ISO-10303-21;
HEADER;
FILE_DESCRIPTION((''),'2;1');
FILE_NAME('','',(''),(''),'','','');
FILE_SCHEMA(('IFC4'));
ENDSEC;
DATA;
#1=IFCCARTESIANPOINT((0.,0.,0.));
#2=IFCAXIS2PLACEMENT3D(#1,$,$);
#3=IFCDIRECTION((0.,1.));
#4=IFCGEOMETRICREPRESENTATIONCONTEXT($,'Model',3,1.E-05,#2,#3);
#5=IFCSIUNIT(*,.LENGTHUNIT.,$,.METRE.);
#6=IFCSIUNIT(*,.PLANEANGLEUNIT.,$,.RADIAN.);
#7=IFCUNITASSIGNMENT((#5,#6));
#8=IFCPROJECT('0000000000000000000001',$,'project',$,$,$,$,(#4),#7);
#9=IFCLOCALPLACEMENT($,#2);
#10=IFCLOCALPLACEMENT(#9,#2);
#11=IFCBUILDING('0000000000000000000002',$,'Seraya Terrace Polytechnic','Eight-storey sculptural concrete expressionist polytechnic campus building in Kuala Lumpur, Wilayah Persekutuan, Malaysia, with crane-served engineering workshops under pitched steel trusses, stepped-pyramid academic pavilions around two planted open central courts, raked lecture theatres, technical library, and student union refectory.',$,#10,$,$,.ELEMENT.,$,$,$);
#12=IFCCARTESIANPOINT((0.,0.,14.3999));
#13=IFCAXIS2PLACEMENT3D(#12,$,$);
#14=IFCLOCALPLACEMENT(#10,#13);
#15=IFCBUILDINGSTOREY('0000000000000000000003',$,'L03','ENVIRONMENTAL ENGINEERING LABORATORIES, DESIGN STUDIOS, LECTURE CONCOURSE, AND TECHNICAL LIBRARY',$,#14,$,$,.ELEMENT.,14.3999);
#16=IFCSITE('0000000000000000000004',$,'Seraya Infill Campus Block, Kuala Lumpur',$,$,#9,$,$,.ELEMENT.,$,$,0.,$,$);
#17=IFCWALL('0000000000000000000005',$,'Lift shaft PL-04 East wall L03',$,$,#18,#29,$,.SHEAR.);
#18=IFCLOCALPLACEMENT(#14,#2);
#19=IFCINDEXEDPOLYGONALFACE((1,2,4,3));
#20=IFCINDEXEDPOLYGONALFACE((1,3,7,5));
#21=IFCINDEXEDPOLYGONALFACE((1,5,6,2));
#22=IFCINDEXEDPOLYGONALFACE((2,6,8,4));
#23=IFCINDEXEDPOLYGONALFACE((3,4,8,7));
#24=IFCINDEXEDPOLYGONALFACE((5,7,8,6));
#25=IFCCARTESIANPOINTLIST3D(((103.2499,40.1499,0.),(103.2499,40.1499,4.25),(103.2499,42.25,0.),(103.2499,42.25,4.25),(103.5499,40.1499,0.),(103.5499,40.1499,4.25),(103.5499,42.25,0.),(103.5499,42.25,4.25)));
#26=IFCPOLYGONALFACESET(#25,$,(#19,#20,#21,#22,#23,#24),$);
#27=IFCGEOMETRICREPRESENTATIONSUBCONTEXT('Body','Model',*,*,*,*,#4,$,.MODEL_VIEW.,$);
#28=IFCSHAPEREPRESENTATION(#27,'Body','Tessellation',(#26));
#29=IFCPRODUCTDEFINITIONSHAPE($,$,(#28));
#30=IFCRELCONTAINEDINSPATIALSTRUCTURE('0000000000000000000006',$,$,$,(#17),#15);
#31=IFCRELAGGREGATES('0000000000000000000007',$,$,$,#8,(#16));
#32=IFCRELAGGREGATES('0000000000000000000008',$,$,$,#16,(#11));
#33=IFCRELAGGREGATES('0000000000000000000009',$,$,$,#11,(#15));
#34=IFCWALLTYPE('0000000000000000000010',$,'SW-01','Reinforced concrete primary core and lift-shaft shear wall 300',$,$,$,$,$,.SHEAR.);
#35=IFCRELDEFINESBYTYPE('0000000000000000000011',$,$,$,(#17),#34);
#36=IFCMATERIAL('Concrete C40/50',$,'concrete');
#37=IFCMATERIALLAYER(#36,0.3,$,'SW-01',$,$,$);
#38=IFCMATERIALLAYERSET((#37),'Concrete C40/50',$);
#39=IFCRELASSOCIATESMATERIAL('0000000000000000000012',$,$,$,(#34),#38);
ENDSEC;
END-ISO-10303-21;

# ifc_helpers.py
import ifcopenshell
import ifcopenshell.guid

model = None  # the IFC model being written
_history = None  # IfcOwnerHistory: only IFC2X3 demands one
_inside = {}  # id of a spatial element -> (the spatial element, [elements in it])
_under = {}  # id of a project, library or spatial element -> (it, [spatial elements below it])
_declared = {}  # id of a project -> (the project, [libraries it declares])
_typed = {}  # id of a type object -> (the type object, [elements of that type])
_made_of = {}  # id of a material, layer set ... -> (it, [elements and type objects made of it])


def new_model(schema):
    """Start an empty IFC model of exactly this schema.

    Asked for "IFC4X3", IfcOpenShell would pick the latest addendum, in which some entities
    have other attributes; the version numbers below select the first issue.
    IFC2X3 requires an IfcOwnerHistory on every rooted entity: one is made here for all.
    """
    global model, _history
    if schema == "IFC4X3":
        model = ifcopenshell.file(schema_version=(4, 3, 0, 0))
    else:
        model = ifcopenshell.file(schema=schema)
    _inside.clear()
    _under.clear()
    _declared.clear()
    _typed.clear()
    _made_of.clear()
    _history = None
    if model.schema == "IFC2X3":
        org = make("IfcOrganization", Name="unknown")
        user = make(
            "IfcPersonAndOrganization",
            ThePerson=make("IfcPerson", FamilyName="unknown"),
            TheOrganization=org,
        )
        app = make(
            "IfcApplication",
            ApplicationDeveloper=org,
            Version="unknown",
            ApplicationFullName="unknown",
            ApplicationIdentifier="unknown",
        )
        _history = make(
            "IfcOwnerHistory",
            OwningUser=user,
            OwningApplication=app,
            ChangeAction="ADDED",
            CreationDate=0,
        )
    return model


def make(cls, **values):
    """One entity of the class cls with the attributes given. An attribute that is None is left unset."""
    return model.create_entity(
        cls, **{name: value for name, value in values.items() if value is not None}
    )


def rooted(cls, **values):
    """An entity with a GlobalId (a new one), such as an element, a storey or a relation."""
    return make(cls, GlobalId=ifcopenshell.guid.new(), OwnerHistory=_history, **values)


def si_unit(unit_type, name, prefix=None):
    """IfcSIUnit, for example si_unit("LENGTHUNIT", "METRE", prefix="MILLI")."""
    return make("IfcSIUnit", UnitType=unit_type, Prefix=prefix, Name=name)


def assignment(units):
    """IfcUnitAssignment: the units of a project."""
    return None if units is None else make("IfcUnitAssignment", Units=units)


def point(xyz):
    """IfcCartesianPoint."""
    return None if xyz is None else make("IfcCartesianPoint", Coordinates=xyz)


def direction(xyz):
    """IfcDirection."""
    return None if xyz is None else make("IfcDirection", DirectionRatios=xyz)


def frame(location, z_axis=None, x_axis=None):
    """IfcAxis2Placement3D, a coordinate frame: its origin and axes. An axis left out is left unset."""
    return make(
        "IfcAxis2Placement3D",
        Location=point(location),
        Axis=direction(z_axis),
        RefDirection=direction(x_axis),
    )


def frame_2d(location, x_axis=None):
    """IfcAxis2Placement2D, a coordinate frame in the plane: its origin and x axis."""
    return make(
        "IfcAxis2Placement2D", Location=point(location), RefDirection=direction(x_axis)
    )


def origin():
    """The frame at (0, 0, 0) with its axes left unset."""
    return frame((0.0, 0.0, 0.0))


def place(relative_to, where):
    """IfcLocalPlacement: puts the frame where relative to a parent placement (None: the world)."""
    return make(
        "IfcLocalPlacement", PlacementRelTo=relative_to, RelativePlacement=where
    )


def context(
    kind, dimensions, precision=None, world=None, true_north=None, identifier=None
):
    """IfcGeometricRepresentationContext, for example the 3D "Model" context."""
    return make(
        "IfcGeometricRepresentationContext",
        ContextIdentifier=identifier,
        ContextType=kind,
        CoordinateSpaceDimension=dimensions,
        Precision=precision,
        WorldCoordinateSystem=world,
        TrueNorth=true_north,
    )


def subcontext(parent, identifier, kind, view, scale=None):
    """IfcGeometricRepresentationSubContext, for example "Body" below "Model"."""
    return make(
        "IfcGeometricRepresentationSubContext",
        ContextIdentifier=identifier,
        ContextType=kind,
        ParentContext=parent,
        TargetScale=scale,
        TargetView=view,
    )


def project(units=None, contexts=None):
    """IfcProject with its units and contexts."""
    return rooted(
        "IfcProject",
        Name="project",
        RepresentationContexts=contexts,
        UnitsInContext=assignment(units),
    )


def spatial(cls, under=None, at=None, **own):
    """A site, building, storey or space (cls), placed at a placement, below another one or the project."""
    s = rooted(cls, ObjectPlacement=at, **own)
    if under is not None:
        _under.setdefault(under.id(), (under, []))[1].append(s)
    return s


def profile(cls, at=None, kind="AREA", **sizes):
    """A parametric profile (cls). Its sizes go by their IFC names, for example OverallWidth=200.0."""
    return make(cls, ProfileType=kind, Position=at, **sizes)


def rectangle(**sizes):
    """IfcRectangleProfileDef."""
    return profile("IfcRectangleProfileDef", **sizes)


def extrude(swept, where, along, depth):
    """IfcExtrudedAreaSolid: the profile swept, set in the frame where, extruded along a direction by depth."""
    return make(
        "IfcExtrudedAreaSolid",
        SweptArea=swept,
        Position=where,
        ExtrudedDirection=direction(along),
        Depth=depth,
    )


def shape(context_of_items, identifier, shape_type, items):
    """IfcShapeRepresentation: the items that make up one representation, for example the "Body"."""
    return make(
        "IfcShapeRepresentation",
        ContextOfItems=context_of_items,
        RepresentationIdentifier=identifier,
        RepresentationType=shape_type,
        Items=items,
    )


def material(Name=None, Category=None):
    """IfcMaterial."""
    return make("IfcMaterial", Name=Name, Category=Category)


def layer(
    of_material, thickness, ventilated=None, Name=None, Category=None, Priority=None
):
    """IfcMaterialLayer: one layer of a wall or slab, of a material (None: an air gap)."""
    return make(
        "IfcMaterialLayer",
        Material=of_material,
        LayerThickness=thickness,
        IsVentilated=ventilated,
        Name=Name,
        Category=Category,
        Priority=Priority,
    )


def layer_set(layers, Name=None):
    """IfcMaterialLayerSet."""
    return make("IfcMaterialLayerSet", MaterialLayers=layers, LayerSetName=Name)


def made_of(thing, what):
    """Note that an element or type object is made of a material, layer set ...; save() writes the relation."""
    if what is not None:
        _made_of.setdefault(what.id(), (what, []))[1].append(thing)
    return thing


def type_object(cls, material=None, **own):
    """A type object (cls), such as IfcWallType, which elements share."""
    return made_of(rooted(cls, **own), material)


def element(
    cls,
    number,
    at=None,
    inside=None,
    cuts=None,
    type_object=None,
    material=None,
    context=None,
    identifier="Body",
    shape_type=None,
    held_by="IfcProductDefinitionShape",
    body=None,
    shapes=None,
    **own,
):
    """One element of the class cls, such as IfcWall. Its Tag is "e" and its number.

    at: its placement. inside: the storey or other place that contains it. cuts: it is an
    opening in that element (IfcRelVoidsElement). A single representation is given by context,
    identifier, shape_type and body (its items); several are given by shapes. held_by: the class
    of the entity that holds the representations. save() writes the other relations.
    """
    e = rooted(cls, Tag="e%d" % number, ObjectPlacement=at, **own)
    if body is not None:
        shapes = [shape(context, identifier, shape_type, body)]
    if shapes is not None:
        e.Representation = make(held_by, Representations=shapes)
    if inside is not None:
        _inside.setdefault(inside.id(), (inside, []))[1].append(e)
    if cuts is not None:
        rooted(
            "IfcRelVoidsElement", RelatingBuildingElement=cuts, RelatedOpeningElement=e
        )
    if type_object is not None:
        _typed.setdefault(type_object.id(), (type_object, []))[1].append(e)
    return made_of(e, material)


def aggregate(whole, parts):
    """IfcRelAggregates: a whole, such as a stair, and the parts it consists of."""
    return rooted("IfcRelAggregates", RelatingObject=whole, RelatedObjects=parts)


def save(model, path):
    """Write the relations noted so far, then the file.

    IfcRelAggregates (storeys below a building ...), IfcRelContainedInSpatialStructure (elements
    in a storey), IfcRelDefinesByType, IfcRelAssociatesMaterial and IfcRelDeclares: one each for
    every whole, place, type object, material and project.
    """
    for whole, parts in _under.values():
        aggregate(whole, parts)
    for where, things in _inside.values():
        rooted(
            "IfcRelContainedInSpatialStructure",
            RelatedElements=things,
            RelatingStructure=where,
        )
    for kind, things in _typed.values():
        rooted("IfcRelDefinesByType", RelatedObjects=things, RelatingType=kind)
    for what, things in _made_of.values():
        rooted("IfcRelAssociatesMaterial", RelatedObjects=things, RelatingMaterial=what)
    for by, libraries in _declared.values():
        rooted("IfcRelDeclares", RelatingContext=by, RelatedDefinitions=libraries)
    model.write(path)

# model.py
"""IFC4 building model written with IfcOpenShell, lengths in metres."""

from ifc_helpers import new_model, si_unit, direction, frame, frame_2d, origin, place, context, subcontext, project, spatial, rectangle, extrude, material, layer, layer_set, type_object, element, save


model = new_model("IFC4")

# Units and contexts
model_context = context("Model", 3, precision=1e-05, world=origin(), true_north=direction((0.0, 1.0)))
body_context = subcontext(model_context, "Body", "Model", "MODEL_VIEW")
ifc_project = project(units=[si_unit("LENGTHUNIT", "METRE"), si_unit("PLANEANGLEUNIT", "RADIAN")], contexts=[model_context])

# Site, building, storey
site_placement = place(None, origin())
site = spatial("IfcSite", under=ifc_project, at=site_placement, Name="Seraya Infill Campus Block, Kuala Lumpur", CompositionType="ELEMENT", RefElevation=0.0)
building_placement = place(site_placement, origin())
building = spatial("IfcBuilding", under=site, at=building_placement, Name="Seraya Terrace Polytechnic", Description="Eight-storey sculptural concrete expressionist polytechnic campus building in Kuala Lumpur, Wilayah Persekutuan, Malaysia, with crane-served engineering workshops under pitched steel trusses, stepped-pyramid academic pavilions around two planted open central courts, raked lecture theatres, technical library, and student union refectory.", CompositionType="ELEMENT")
storey_placement = place(building_placement, frame((0.0, 0.0, 14.3999)))
storey = spatial("IfcBuildingStorey", under=building, at=storey_placement, Name="L03", Description="ENVIRONMENTAL ENGINEERING LABORATORIES, DESIGN STUDIOS, LECTURE CONCOURSE, AND TECHNICAL LIBRARY", CompositionType="ELEMENT", Elevation=14.3999)

# Shared definitions
ifc_material_1 = material(Name="Concrete C40/50", Category="concrete")

# Shared definitions
ifc_layer_1 = layer(ifc_material_1, 0.3, Name="SW-01")
ifc_layer_set_1 = layer_set([ifc_layer_1], Name="Concrete C40/50")
wall_type_1 = type_object("IfcWallType", Name="SW-01", Description="Reinforced concrete primary core and lift-shaft shear wall 300", PredefinedType="SHEAR", material=ifc_layer_set_1)

# Wall
for number, where, z_axis, x_axis, name in (
    (1, (103.3999, 40.1499, 0.0), (0.0, 0.0, 1.0), (0.0, 1.0, 0.0), "Lift shaft PL-04 East wall L03"),
):
    element("IfcWall", number, at=place(storey_placement, frame(where, z_axis=z_axis, x_axis=x_axis)), inside=storey, type_object=wall_type_1, Name=name, PredefinedType="SHEAR", context=body_context, shape_type="SweptSolid", body=[
        extrude(rectangle(XDim=2.1001, YDim=0.3, at=frame_2d((1.05, 0.0))), origin(), (0.0, 0.0, 1.0), 4.25),
    ])

save(model, "model.ifc")
